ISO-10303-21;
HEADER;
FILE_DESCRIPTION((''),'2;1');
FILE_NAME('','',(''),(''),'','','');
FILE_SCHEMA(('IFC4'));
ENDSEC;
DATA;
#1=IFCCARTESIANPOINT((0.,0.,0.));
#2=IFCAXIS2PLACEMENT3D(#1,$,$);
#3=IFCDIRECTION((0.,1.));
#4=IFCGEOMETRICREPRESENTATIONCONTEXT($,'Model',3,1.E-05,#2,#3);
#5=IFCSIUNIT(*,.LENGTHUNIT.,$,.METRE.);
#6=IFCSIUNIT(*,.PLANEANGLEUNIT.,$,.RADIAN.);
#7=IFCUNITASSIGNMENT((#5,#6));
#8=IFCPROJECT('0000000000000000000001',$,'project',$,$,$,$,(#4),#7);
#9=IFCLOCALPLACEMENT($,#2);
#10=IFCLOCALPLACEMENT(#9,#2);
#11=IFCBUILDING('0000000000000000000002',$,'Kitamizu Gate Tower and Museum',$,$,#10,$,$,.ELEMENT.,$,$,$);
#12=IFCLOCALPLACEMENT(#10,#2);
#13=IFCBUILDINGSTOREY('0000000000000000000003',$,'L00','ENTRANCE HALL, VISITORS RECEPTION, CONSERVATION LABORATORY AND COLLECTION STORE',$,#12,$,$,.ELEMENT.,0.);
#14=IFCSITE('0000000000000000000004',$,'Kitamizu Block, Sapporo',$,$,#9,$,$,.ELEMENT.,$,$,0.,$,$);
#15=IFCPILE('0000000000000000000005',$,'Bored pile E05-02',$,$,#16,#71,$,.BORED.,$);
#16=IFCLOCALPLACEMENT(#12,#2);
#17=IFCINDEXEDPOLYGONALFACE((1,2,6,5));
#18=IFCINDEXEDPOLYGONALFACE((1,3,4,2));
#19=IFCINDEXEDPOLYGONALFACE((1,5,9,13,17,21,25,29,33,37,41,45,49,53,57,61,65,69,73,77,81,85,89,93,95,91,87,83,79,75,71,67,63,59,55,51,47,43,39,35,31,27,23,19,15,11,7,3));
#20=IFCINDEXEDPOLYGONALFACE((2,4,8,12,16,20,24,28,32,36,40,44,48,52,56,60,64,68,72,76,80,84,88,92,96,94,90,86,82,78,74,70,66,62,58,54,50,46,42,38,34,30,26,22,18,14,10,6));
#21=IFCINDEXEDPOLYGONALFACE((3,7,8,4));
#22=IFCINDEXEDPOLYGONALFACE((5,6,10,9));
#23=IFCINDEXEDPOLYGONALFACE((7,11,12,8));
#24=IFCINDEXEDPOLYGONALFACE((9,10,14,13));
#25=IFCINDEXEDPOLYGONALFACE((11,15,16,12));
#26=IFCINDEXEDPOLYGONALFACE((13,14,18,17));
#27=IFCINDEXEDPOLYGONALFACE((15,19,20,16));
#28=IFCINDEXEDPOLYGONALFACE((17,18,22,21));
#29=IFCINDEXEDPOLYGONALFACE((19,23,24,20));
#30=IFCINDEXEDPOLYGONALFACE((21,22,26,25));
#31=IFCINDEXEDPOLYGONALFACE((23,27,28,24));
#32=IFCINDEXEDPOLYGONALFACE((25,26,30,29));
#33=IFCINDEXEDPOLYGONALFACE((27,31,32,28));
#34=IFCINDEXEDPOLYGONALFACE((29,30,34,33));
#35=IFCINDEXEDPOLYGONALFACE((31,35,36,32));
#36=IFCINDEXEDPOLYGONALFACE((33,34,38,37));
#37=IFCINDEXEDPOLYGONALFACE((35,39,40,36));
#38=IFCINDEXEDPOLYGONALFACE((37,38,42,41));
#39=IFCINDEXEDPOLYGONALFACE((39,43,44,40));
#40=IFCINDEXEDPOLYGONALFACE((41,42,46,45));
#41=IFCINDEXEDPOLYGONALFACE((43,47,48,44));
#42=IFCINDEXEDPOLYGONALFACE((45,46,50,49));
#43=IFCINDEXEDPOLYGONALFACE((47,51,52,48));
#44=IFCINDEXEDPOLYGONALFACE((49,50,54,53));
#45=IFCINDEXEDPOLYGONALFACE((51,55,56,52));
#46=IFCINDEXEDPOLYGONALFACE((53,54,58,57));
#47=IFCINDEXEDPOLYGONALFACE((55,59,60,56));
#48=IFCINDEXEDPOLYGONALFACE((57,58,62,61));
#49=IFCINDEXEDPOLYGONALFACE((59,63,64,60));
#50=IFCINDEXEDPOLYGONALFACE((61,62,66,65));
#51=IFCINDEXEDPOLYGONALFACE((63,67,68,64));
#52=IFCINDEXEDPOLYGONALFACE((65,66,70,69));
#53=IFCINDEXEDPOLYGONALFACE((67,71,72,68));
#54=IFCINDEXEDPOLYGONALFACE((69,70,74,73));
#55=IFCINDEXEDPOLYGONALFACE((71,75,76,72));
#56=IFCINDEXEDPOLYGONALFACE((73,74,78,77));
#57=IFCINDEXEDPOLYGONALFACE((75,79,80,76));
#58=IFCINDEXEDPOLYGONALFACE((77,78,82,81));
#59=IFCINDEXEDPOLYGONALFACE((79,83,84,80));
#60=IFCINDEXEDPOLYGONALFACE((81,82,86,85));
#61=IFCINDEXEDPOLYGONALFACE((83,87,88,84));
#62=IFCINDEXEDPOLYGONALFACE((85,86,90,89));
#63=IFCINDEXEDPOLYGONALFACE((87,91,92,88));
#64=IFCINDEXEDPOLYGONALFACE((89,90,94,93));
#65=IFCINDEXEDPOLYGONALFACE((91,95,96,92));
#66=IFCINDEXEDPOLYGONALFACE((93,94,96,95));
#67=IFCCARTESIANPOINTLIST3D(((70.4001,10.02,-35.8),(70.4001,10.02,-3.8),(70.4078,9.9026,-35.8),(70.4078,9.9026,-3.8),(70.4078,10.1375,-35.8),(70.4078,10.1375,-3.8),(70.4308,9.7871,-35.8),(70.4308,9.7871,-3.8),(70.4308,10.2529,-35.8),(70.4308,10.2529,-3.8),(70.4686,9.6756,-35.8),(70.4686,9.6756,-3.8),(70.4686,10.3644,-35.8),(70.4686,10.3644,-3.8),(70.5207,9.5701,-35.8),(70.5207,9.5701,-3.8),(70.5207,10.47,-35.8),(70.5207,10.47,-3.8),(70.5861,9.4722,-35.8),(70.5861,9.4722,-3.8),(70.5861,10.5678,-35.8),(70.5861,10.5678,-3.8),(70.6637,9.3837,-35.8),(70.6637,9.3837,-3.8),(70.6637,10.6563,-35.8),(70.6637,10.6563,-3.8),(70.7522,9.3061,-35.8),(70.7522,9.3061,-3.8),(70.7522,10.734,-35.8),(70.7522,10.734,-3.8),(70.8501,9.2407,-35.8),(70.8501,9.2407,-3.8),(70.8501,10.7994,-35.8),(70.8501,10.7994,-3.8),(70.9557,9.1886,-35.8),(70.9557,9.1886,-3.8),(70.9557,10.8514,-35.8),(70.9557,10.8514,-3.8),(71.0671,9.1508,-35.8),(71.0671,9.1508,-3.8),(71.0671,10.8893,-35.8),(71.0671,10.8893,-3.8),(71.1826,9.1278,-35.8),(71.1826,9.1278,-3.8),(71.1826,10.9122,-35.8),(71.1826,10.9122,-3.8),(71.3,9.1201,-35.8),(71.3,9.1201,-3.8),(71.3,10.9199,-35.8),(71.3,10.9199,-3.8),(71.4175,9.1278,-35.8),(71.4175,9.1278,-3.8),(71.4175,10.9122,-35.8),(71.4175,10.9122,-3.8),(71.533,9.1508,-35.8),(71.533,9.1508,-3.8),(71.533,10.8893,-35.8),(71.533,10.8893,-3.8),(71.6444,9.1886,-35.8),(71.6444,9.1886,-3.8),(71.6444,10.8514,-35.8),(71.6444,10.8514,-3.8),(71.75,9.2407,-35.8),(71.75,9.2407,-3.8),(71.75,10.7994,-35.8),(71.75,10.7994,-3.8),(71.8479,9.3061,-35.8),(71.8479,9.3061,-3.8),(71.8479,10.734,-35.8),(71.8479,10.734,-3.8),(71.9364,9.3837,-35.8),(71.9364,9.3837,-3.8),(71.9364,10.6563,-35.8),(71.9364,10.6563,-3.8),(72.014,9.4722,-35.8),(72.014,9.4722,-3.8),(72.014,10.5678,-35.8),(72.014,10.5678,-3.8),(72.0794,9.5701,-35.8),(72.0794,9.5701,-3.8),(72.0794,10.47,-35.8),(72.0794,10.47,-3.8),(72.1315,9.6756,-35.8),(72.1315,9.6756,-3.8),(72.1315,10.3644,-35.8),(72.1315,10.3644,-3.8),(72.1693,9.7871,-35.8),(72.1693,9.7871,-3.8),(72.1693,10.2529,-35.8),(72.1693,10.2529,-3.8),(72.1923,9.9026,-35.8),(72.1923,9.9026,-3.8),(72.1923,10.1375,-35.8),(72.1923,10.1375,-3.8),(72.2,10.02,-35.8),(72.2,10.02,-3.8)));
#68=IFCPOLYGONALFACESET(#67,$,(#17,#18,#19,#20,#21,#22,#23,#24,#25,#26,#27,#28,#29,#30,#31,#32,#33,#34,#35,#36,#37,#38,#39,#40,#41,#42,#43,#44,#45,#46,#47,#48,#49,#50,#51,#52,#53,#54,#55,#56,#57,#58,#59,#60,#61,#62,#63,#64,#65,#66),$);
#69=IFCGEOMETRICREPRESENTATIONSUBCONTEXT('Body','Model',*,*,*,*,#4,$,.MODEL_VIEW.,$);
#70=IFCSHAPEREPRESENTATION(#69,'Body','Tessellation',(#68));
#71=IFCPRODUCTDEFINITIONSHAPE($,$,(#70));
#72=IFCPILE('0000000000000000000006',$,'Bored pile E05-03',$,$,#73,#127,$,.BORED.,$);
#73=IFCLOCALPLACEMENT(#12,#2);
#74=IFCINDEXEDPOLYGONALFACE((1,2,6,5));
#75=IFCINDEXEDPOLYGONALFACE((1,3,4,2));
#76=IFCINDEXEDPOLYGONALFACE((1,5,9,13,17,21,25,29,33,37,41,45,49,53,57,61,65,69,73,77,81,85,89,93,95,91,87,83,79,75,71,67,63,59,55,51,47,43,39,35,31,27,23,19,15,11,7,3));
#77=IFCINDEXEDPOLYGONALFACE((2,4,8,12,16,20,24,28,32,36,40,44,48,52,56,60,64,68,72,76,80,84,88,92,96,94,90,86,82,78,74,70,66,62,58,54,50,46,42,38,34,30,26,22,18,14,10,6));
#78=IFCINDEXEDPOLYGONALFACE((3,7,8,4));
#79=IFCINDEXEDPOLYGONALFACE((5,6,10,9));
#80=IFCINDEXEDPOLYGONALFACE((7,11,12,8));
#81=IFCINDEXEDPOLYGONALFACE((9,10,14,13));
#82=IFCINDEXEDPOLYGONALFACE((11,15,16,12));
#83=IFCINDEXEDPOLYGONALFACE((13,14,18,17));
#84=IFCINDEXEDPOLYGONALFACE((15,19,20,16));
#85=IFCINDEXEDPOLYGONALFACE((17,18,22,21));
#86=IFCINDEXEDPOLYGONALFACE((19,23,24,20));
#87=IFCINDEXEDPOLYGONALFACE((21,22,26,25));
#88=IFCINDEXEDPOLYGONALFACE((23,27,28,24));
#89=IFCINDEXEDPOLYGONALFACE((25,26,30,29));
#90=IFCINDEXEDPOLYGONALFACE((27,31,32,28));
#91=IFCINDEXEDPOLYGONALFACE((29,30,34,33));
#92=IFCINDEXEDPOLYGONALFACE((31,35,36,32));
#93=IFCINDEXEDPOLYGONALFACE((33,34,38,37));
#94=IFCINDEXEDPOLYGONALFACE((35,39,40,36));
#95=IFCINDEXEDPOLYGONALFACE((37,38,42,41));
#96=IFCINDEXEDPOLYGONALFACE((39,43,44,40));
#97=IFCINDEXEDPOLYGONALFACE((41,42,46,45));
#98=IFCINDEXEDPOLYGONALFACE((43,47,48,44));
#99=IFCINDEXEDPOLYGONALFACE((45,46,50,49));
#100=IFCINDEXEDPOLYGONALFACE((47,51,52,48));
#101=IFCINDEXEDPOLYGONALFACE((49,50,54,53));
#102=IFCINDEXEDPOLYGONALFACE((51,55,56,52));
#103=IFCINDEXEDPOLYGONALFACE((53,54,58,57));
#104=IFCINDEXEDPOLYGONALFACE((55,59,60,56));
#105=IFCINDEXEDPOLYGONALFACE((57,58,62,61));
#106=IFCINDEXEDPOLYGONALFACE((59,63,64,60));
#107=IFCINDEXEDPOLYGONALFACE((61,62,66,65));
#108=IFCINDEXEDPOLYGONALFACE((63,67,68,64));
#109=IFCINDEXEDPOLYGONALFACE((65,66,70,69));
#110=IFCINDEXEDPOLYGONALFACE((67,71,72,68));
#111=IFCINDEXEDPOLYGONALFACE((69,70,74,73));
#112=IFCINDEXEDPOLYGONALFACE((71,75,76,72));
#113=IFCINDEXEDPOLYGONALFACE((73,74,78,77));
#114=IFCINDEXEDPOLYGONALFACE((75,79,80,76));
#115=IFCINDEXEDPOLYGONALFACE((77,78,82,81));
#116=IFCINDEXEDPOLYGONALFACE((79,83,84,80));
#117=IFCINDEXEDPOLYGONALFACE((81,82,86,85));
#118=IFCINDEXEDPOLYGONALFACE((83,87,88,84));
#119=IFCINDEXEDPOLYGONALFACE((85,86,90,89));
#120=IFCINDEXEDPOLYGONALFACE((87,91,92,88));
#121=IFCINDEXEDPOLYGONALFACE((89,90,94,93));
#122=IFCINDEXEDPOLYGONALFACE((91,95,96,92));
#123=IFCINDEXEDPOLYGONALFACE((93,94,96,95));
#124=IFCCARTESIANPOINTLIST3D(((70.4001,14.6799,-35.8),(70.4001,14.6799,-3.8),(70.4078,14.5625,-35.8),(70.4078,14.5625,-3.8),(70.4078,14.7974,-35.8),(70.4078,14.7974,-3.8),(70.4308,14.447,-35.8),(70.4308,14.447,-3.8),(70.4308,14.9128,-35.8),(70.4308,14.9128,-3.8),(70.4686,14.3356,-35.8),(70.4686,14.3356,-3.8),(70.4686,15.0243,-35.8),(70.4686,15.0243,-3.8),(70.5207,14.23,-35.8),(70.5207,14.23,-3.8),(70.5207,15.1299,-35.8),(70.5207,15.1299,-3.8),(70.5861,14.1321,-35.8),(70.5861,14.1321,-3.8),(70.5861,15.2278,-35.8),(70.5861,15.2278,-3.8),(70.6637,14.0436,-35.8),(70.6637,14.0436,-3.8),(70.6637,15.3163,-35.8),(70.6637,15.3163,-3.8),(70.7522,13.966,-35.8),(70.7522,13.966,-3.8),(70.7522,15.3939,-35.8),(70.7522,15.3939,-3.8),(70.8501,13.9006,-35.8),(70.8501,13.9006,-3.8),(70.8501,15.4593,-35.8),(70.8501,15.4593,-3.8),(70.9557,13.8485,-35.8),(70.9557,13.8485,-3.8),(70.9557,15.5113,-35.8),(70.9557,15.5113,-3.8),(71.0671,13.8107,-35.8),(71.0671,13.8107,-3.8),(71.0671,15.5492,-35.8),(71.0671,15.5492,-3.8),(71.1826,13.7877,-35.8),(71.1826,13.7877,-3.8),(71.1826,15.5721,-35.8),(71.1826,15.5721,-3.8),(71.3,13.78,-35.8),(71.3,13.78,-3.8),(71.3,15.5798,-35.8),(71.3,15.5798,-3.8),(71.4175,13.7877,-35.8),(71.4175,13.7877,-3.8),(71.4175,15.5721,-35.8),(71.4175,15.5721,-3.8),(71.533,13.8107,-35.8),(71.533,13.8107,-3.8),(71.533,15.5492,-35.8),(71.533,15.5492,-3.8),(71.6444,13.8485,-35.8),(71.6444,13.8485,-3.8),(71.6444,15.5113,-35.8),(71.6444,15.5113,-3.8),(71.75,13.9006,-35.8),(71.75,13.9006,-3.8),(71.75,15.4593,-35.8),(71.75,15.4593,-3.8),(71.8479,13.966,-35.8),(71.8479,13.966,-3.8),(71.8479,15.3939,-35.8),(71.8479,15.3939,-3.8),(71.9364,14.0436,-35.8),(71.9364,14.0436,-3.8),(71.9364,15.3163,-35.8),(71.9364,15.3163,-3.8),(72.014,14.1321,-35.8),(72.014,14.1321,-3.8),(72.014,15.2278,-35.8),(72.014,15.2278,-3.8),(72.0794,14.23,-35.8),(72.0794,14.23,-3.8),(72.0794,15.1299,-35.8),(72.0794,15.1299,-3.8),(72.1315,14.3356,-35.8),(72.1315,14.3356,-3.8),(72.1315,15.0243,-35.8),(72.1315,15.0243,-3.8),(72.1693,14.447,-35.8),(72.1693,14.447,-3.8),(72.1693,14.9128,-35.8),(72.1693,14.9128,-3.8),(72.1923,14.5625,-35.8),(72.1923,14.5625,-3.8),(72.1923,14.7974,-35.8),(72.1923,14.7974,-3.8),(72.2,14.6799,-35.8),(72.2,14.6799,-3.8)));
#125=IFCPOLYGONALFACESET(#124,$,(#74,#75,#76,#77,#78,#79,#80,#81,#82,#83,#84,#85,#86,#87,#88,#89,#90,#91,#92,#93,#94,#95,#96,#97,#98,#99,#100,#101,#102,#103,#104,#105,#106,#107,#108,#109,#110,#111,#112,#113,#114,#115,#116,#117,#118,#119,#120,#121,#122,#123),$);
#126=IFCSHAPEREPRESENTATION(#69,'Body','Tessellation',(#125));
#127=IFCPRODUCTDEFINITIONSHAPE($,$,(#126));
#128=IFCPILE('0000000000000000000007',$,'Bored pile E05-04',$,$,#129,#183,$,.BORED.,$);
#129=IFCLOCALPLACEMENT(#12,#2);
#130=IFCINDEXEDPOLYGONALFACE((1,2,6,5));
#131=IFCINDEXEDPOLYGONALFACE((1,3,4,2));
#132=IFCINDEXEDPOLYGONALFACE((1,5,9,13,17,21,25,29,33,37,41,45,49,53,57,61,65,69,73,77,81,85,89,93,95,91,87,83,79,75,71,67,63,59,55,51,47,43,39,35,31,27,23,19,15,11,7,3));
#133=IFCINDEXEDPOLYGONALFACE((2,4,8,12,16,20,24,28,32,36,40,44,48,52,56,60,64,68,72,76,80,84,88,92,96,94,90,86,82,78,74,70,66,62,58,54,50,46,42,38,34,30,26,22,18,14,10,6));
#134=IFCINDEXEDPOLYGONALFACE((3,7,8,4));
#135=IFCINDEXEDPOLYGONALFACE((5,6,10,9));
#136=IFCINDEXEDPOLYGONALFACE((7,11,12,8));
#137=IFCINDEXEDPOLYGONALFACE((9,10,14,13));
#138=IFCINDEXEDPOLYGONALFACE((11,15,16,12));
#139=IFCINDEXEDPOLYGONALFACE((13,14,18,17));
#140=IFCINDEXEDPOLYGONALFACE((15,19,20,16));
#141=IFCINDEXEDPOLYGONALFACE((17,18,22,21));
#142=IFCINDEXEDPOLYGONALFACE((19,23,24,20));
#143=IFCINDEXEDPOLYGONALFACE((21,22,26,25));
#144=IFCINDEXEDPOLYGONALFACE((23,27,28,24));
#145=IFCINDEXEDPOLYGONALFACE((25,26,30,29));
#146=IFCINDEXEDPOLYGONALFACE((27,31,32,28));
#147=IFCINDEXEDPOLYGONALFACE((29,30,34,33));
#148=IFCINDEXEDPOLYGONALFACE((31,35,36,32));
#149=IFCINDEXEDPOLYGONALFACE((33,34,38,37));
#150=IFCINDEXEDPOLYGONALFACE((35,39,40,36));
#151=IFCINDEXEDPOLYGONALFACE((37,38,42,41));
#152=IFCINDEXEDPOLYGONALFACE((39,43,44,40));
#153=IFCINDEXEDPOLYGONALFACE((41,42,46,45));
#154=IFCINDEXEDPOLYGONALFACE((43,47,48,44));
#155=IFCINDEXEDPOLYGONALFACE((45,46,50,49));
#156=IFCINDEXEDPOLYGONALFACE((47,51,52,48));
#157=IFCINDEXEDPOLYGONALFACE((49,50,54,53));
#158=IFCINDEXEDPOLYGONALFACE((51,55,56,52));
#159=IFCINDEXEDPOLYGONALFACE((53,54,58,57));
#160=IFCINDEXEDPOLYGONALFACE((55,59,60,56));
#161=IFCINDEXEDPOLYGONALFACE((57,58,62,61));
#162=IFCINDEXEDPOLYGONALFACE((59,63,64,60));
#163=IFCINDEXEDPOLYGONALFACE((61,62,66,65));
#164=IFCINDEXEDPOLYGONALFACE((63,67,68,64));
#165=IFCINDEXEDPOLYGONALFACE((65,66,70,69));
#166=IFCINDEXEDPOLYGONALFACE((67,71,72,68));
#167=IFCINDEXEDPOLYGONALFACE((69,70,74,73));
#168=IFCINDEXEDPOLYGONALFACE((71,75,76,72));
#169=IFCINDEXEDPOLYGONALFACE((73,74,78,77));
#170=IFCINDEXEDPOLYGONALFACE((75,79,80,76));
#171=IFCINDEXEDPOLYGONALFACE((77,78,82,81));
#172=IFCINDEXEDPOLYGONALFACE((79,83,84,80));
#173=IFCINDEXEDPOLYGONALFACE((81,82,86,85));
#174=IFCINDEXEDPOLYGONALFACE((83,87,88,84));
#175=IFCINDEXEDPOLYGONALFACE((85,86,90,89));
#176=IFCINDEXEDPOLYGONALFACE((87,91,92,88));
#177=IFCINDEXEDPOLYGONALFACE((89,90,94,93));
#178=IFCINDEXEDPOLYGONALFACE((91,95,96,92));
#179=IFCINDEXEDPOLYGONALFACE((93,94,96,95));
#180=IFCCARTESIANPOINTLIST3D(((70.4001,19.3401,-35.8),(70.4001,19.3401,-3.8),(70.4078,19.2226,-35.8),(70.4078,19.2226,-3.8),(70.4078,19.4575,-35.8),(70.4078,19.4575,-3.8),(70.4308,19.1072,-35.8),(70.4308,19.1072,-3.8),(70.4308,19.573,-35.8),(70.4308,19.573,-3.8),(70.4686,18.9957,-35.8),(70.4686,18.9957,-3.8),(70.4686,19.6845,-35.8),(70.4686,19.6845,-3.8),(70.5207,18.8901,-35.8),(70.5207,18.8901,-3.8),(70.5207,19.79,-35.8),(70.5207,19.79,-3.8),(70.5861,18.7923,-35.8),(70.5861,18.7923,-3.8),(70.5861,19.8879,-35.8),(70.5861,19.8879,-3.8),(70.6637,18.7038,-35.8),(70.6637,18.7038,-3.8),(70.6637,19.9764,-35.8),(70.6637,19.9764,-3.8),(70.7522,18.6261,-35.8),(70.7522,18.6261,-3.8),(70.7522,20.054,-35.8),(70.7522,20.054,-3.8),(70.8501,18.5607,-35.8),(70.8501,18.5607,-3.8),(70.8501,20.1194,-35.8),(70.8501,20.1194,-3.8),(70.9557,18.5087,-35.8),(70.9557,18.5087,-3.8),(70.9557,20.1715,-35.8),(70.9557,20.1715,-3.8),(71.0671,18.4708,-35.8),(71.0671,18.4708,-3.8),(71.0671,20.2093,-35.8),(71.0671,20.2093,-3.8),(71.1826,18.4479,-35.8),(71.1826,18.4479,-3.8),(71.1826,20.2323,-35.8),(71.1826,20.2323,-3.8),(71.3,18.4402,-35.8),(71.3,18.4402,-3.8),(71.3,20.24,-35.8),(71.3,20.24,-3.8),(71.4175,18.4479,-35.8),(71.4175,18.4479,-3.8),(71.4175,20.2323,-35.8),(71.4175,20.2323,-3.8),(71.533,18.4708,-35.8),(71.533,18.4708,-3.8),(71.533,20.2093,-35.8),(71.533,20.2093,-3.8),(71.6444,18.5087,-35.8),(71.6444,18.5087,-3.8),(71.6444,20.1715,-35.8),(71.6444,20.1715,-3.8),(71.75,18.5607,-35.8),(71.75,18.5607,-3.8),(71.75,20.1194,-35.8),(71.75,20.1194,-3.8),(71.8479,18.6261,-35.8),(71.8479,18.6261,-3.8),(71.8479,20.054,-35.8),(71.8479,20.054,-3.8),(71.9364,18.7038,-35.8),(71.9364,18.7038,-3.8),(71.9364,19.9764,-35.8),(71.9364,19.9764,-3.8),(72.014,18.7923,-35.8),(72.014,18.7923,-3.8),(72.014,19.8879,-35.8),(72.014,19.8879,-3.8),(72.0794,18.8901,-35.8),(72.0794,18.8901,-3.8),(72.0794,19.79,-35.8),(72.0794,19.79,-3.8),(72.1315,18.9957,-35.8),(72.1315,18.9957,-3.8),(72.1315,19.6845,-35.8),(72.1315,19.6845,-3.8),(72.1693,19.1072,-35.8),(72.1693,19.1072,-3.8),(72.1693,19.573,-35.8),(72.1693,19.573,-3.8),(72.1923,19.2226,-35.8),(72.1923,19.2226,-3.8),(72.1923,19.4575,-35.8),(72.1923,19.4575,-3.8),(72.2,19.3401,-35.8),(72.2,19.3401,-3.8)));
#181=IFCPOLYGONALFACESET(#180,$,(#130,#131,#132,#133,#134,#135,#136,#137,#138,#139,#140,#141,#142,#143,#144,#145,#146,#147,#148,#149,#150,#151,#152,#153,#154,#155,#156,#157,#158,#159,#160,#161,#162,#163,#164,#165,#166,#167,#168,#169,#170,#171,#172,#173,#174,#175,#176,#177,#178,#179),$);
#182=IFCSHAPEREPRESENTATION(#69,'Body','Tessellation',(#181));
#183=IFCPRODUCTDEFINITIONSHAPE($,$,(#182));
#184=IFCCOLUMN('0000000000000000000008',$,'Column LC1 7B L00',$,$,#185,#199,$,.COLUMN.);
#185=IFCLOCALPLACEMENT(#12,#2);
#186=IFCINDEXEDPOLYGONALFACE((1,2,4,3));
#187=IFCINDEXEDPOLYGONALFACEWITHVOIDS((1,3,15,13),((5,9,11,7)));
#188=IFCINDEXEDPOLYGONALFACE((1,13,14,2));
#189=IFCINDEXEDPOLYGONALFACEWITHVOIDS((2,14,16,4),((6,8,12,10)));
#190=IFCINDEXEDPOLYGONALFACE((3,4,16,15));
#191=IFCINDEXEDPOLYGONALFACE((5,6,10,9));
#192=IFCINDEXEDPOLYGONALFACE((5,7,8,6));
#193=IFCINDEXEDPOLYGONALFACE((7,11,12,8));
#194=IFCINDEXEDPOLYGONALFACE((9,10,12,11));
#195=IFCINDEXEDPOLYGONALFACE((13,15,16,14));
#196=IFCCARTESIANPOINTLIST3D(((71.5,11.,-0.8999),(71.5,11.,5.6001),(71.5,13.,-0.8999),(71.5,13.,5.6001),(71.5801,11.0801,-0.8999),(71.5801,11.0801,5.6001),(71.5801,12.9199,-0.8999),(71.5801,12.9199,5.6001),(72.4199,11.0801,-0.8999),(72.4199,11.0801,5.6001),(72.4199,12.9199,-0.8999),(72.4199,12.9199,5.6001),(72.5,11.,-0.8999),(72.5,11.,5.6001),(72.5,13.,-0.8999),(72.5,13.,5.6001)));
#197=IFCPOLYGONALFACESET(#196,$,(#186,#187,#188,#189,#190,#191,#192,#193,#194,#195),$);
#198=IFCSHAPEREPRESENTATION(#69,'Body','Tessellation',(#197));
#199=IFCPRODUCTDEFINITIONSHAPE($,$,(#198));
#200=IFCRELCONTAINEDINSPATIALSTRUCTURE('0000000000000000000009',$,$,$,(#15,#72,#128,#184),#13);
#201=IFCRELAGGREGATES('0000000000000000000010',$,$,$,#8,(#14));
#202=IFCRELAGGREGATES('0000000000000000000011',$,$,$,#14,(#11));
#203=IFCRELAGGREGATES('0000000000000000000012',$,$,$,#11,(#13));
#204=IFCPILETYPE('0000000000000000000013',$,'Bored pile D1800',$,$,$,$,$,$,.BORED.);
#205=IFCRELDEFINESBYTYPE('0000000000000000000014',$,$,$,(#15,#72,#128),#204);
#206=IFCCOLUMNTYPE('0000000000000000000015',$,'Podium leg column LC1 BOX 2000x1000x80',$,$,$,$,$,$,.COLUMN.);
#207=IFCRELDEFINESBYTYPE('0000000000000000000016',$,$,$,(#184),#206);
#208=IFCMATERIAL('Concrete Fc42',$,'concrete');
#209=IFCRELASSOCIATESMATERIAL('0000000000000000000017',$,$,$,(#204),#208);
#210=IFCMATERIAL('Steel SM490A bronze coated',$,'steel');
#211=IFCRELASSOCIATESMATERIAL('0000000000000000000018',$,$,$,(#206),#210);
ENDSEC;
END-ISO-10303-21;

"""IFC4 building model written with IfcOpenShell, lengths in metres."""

from ifc_helpers import new_model, si_unit, direction, frame, origin, origin_2d, place, context, subcontext, project, spatial, hollow_rectangle, circle, extrude, material, material_profile, profile_set, type_object, element, save


model = new_model("IFC4")

# Units and contexts
model_context = context("Model", 3, precision=1e-05, world=origin(), true_north=direction((0.0, 1.0)))
body_context = subcontext(model_context, "Body", "Model", "MODEL_VIEW")
ifc_project = project(units=[si_unit("LENGTHUNIT", "METRE"), si_unit("PLANEANGLEUNIT", "RADIAN")], contexts=[model_context])

# Site, building, storey
site_placement = place(None, origin())
site = spatial("IfcSite", under=ifc_project, at=site_placement, Name="Kitamizu Block, Sapporo", CompositionType="ELEMENT", RefElevation=0.0)
building_placement = place(site_placement, origin())
building = spatial("IfcBuilding", under=site, at=building_placement, Name="Kitamizu Gate Tower and Museum", CompositionType="ELEMENT")
storey_placement = place(building_placement, origin())
storey = spatial("IfcBuildingStorey", under=building, at=storey_placement, Name="L00", Description="ENTRANCE HALL, VISITORS RECEPTION, CONSERVATION LABORATORY AND COLLECTION STORE", CompositionType="ELEMENT", Elevation=0.0)

# Piles
ifc_material_1 = material(Name="Concrete Fc42", Category="concrete")
ifc_material_profile_1 = material_profile(ifc_material_1, circle(Radius=0.8999, at=origin_2d()), Name="Bored pile D1800")
ifc_profile_set_1 = profile_set([ifc_material_profile_1], Name="Concrete Fc42")
pile_type = type_object("IfcPileType", Name="Bored pile D1800", PredefinedType="BORED", material=ifc_profile_set_1)
for number, where, z_axis, x_axis, name in (
    (1, (71.3, 10.02, -3.8), (0.0, 0.0, -1.0), (1.0, 0.0, 0.0), "Bored pile E05-02"),
    (2, (71.3, 14.6799, -3.8), (0.0, 0.0, -1.0), (1.0, 0.0, 0.0), "Bored pile E05-03"),
    (3, (71.3, 19.3401, -3.8), (0.0, 0.0, -1.0), (1.0, 0.0, 0.0), "Bored pile E05-04"),
):
    element("IfcPile", number, at=place(storey_placement, frame(where, z_axis=z_axis, x_axis=x_axis)), inside=storey, type_object=pile_type, Name=name, PredefinedType="BORED", context=body_context, shape_type="SweptSolid", body=[
        extrude(circle(Radius=0.8999, at=origin_2d()), origin(), (0.0, 0.0, 1.0), 32.0),
    ])

# Column
ifc_material_2 = material(Name="Steel SM490A bronze coated", Category="steel")
ifc_material_profile_2 = material_profile(ifc_material_2, hollow_rectangle(XDim=2.0, YDim=1.0, WallThickness=0.0801, at=origin_2d()), Name="BOX 2000x1000x80")
ifc_profile_set_2 = profile_set([ifc_material_profile_2], Name="Steel SM490A bronze coated")
column_type = type_object("IfcColumnType", Name="Podium leg column LC1 BOX 2000x1000x80", PredefinedType="COLUMN", material=ifc_profile_set_2)
column_placement = place(storey_placement, frame((72.0, 12.0, -0.8999), z_axis=(0.0, 0.0, 1.0), x_axis=(0.0, 1.0, 0.0)))
element("IfcColumn", 4, at=column_placement, inside=storey, type_object=column_type, Name="Column LC1 7B L00", PredefinedType="COLUMN", context=body_context, shape_type="SweptSolid", body=[
    extrude(hollow_rectangle(XDim=2.0, YDim=1.0, WallThickness=0.0801, at=origin_2d()), origin(), (0.0, 0.0, 1.0), 6.5),
])

save(model, "model.ifc")
